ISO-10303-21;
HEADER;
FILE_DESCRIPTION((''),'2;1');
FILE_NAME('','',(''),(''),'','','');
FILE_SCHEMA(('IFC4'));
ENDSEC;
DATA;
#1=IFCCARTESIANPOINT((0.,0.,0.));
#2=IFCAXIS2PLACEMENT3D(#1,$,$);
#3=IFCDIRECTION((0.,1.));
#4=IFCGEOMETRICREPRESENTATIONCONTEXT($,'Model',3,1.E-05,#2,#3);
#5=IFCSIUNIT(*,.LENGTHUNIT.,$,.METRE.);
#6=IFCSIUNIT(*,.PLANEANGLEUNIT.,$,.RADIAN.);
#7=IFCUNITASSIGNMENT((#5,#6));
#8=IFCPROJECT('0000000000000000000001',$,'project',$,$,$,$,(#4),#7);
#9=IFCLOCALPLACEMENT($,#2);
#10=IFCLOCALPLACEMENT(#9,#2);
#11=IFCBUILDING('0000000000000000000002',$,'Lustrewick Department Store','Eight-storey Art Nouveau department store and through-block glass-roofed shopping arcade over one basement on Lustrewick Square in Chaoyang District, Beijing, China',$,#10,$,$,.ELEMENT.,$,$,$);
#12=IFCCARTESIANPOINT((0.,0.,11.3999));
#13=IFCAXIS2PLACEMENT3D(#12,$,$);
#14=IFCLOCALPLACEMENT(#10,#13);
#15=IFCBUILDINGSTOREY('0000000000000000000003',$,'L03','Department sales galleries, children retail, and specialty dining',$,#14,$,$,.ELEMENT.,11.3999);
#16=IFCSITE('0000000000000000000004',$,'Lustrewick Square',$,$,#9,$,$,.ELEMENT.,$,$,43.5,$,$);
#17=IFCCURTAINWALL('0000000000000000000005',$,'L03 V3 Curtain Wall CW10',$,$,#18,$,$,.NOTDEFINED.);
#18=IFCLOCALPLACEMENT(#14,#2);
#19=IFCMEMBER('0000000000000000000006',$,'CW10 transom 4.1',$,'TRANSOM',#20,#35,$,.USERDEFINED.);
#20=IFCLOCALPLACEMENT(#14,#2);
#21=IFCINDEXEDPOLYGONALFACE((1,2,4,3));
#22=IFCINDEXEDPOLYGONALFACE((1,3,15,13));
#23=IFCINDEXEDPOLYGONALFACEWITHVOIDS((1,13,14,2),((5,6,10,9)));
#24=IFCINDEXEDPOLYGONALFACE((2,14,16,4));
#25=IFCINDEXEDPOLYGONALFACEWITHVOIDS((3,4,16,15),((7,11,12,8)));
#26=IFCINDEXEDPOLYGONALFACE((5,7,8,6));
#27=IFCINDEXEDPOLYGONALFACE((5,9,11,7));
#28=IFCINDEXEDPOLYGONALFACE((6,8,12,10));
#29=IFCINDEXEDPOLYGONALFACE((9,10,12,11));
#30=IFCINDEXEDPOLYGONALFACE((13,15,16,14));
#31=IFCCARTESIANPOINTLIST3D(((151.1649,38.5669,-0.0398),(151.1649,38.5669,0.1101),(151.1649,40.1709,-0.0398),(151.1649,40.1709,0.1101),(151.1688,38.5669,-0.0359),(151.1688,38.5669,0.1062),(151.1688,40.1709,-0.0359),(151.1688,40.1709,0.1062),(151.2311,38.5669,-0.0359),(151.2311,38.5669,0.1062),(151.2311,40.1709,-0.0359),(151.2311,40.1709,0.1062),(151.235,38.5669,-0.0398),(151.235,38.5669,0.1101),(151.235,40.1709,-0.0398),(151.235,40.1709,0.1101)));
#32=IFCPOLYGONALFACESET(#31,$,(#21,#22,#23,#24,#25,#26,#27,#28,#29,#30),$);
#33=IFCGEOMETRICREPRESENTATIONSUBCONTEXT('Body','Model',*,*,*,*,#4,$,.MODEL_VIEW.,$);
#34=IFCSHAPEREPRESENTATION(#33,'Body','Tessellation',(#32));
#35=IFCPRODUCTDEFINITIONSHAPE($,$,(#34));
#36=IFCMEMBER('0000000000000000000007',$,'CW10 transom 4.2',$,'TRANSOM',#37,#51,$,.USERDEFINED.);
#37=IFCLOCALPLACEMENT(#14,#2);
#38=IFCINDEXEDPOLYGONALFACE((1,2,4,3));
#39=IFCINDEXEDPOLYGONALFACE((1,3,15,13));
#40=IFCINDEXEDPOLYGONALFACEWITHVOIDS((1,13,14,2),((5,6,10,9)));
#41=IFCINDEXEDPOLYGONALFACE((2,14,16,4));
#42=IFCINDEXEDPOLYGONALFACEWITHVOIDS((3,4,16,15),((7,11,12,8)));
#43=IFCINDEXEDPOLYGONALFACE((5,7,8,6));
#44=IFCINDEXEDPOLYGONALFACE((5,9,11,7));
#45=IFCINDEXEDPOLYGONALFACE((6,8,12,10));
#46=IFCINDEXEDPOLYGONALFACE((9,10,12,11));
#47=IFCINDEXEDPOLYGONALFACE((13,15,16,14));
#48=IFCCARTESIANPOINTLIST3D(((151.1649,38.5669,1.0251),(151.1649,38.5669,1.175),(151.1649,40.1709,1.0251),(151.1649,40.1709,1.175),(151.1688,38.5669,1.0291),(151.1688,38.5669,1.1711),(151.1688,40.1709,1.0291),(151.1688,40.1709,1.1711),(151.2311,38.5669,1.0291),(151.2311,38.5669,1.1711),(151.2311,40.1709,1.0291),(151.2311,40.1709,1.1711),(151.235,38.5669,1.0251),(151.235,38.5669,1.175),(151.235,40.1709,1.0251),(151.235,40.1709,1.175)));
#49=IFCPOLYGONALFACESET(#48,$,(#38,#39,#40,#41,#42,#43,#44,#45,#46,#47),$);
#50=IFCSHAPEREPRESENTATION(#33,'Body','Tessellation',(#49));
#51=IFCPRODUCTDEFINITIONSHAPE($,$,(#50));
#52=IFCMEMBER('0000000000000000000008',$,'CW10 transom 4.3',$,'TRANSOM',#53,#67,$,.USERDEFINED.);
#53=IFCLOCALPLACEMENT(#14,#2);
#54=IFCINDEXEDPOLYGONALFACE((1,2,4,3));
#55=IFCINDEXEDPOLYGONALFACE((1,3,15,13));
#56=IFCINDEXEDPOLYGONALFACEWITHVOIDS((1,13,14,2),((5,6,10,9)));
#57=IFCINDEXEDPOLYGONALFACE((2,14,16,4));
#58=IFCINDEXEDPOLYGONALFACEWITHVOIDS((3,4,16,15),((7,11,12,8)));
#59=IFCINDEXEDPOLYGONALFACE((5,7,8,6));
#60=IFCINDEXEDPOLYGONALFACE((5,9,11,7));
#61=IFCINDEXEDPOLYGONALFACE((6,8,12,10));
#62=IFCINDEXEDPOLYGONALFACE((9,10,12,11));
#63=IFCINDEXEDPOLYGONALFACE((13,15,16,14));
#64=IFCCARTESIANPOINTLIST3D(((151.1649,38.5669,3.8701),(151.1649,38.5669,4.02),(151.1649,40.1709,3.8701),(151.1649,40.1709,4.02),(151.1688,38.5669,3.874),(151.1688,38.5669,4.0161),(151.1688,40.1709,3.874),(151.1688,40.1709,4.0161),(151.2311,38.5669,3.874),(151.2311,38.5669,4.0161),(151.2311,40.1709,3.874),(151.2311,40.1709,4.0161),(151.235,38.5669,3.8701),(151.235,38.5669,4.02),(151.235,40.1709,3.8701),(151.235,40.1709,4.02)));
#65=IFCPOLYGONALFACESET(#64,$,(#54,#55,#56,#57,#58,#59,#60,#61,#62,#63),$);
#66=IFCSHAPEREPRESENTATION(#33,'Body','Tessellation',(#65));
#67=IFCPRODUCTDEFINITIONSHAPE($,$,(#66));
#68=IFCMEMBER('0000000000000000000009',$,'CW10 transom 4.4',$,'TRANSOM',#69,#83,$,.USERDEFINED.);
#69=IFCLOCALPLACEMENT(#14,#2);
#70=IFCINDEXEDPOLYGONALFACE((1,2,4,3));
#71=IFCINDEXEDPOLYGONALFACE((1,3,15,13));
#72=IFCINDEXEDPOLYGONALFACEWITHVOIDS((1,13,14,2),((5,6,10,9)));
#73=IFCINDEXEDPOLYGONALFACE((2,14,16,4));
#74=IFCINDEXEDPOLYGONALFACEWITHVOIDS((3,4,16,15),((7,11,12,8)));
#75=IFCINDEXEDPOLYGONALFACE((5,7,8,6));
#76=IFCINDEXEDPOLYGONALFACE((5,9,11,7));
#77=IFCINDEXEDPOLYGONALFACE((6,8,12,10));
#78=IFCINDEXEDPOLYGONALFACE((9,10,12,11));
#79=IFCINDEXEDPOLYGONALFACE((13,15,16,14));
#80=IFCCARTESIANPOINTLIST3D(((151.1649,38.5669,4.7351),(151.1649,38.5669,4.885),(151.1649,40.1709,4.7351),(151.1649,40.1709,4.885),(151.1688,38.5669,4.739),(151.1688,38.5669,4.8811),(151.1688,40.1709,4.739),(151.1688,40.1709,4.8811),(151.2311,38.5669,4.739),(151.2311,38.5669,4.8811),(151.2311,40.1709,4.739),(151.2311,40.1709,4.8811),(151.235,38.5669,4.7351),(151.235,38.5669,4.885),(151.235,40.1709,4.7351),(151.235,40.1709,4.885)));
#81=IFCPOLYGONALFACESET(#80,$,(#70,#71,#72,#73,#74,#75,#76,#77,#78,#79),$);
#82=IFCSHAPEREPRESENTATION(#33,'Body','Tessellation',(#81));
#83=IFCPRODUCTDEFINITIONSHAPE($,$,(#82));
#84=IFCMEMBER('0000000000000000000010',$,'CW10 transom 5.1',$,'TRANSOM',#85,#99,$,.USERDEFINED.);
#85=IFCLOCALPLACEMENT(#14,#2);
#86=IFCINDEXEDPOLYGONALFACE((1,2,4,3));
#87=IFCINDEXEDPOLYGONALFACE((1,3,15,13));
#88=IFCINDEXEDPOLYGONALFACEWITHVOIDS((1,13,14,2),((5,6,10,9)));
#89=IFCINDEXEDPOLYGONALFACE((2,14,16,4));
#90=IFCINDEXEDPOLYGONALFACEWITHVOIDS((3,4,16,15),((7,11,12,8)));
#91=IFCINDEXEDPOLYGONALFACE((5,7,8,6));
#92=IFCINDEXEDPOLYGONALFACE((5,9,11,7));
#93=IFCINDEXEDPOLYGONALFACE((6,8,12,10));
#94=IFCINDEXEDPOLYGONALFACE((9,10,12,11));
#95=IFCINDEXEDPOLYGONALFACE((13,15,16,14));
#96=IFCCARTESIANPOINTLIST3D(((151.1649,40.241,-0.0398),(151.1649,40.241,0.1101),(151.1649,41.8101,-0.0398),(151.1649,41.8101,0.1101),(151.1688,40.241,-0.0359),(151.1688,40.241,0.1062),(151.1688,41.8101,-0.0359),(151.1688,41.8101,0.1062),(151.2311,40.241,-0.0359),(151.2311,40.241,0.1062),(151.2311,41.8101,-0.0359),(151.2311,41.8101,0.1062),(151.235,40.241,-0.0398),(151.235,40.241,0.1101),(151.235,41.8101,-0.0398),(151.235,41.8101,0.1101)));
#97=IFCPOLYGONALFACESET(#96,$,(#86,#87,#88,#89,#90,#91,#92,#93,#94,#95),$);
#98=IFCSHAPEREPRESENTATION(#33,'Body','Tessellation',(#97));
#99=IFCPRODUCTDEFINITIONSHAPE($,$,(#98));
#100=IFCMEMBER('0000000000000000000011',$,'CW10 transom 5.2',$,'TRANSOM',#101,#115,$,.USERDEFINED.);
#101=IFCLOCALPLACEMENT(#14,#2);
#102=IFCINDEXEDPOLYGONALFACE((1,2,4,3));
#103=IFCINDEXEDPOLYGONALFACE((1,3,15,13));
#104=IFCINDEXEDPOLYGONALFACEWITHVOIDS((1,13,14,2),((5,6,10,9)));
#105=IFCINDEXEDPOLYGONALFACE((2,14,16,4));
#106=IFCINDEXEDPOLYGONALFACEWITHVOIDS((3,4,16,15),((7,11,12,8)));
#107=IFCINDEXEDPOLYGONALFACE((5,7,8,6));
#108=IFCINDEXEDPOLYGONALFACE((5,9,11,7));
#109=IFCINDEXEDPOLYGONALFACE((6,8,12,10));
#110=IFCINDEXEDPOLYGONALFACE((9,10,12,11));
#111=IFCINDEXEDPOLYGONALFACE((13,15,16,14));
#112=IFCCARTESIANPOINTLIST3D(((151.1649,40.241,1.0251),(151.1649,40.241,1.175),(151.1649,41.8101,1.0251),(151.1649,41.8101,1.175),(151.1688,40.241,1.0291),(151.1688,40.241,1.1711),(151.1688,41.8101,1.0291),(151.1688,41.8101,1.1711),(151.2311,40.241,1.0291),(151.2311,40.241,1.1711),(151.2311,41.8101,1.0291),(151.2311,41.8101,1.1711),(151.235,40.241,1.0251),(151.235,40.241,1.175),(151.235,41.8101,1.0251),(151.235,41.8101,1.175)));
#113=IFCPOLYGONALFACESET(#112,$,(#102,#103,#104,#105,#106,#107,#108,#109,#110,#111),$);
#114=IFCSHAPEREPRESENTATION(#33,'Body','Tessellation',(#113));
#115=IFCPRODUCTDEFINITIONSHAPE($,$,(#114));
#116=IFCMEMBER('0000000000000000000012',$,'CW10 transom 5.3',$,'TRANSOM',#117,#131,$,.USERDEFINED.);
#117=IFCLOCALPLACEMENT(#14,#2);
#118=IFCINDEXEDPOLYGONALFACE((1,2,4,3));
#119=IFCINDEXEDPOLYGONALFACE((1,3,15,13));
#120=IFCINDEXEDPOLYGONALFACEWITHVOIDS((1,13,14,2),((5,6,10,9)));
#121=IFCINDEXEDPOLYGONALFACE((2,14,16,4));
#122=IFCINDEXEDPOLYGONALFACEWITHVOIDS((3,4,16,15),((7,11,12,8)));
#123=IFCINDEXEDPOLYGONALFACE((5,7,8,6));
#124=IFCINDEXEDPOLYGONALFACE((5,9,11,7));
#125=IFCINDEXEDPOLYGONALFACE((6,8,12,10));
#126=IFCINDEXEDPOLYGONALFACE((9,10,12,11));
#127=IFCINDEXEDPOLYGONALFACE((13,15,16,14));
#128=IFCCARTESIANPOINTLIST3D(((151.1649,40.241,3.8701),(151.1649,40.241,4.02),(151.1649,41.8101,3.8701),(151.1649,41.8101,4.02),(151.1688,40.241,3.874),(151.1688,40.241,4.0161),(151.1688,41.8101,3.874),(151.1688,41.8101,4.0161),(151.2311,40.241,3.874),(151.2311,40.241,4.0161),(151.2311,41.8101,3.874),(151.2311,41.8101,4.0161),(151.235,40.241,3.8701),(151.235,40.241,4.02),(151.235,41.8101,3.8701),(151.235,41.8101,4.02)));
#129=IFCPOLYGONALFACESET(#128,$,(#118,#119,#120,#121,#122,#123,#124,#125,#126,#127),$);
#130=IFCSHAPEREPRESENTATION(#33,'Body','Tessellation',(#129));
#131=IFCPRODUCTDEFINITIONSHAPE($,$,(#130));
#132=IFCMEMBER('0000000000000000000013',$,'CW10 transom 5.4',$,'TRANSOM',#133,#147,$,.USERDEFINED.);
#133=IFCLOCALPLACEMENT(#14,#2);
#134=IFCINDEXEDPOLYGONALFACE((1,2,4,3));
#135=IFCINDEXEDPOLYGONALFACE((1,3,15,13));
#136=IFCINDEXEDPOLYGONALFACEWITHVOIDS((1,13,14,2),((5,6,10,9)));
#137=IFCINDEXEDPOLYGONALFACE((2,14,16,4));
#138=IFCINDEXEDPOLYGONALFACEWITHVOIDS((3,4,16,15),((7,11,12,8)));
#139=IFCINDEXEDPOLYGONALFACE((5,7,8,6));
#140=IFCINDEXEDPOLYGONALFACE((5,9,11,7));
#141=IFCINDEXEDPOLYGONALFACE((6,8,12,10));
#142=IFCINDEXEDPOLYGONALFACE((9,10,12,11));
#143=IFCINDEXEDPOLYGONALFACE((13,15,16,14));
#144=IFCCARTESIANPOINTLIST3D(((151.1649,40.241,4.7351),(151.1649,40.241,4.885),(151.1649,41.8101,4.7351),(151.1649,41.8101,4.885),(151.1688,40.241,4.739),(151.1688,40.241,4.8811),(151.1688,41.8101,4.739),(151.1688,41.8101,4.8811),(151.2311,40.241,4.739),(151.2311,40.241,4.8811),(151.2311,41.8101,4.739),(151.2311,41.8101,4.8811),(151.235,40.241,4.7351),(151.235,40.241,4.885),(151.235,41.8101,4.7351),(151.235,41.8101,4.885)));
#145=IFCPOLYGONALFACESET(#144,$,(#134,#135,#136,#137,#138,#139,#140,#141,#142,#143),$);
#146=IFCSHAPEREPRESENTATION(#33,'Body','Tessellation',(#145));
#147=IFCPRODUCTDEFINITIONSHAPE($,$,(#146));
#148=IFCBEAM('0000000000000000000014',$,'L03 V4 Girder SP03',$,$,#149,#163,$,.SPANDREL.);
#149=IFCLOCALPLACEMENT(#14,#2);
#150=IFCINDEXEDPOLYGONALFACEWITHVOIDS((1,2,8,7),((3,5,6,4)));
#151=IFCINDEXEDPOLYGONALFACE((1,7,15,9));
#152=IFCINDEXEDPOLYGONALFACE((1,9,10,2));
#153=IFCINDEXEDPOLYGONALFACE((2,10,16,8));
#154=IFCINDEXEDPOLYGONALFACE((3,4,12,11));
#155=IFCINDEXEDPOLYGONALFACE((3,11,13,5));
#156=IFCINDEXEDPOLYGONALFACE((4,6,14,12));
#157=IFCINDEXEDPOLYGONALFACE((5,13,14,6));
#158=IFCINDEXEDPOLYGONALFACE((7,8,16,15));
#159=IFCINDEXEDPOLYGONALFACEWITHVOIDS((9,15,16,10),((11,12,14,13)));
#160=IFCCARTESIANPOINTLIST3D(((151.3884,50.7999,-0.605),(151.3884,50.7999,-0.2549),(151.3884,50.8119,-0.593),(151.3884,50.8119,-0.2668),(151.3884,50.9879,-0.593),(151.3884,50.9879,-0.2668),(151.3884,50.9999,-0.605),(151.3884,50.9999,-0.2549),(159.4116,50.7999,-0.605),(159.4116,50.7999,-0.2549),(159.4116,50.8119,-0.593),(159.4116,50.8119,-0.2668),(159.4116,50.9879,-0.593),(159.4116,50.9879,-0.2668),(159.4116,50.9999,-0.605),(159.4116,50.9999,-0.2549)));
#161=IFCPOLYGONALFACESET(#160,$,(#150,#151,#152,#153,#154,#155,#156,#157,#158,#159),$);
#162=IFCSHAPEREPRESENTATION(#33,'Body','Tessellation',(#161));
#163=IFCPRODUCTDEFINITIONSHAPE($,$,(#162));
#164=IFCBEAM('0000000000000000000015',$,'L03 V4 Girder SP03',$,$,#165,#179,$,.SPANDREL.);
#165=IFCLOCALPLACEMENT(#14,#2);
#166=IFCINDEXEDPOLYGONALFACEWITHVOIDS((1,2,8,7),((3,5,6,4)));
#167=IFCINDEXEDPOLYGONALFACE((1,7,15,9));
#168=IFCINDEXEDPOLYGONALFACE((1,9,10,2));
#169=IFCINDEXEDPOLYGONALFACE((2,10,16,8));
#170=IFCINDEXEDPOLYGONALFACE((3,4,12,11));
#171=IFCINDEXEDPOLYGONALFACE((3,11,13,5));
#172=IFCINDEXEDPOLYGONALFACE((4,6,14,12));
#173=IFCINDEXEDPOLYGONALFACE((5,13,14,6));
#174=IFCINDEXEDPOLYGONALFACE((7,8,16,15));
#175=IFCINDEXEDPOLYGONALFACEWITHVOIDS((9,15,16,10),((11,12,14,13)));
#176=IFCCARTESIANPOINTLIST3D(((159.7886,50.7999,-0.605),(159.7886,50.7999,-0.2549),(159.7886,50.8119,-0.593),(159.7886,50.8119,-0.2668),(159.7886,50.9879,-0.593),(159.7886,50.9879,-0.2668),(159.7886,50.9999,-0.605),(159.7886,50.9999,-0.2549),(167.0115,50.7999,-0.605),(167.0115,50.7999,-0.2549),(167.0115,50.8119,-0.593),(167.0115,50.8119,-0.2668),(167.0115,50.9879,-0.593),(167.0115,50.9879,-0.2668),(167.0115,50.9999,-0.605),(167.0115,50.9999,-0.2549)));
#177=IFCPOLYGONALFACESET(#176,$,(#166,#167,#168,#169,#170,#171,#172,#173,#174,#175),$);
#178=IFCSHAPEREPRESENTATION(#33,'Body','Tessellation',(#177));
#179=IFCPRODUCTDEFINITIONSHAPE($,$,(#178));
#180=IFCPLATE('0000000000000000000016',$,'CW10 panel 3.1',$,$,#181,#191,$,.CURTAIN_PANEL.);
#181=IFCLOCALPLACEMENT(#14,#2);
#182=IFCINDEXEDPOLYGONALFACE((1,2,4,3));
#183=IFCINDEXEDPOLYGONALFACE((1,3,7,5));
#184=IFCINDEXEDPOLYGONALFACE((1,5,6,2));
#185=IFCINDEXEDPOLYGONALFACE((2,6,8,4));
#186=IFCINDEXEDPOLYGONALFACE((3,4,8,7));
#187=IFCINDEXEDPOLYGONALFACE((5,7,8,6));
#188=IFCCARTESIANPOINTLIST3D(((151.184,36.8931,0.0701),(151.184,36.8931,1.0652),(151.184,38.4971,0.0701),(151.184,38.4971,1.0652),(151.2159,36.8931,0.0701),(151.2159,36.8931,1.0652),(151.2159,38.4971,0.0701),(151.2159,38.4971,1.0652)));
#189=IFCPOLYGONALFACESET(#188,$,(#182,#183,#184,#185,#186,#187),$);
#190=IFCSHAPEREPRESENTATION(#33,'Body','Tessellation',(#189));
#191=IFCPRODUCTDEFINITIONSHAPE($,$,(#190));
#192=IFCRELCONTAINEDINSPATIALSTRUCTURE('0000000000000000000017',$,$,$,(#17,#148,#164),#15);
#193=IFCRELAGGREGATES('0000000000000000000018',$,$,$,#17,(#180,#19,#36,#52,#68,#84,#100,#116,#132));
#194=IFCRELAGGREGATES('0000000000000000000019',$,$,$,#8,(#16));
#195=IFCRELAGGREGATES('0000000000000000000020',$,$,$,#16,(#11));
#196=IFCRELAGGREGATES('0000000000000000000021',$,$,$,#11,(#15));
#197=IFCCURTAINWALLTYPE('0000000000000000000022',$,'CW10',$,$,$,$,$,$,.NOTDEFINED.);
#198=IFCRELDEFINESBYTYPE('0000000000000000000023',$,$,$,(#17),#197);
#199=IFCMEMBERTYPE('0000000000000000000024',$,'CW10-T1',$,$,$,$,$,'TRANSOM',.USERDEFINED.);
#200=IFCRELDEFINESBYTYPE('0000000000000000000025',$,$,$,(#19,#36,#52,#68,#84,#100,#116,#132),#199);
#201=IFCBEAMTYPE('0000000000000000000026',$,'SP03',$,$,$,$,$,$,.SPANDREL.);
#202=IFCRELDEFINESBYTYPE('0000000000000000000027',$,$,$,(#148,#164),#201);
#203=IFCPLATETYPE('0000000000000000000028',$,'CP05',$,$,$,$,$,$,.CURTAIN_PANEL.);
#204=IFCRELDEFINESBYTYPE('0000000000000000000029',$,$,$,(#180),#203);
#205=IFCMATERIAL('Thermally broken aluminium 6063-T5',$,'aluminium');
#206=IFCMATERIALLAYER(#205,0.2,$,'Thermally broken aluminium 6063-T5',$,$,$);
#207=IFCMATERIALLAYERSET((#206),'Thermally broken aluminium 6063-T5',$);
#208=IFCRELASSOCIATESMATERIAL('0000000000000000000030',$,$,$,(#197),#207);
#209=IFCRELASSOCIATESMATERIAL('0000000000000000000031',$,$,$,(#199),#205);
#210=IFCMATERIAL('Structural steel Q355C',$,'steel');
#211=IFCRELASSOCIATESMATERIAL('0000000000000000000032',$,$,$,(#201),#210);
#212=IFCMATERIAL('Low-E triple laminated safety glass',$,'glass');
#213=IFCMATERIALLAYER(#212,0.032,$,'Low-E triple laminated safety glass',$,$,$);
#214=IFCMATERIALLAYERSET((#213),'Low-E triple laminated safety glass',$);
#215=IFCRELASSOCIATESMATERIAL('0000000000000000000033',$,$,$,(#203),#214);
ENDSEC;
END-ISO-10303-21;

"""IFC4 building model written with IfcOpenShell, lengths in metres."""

from ifc_helpers import new_model, si_unit, direction, frame, origin, origin_2d, place, context, subcontext, project, spatial, rectangle, hollow_rectangle, extrude, material, layer, layer_set, material_profile, profile_set, type_object, element, aggregate, save


model = new_model("IFC4")

# Units and contexts
model_context = context("Model", 3, precision=1e-05, world=origin(), true_north=direction((0.0, 1.0)))
body_context = subcontext(model_context, "Body", "Model", "MODEL_VIEW")
ifc_project = project(units=[si_unit("LENGTHUNIT", "METRE"), si_unit("PLANEANGLEUNIT", "RADIAN")], contexts=[model_context])

# Site, building, storey
site_placement = place(None, origin())
site = spatial("IfcSite", under=ifc_project, at=site_placement, Name="Lustrewick Square", CompositionType="ELEMENT", RefElevation=43.5)
building_placement = place(site_placement, origin())
building = spatial("IfcBuilding", under=site, at=building_placement, Name="Lustrewick Department Store", Description="Eight-storey Art Nouveau department store and through-block glass-roofed shopping arcade over one basement on Lustrewick Square in Chaoyang District, Beijing, China", CompositionType="ELEMENT")
storey_placement = place(building_placement, frame((0.0, 0.0, 11.3999)))
storey = spatial("IfcBuildingStorey", under=building, at=storey_placement, Name="L03", Description="Department sales galleries, children retail, and specialty dining", CompositionType="ELEMENT", Elevation=11.3999)

# Curtain wall, members
ifc_material_1 = material(Name="Thermally broken aluminium 6063-T5", Category="aluminium")
ifc_layer_1 = layer(ifc_material_1, 0.2, Name="Thermally broken aluminium 6063-T5")
ifc_layer_set_1 = layer_set([ifc_layer_1], Name="Thermally broken aluminium 6063-T5")
curtain_wall_type = type_object("IfcCurtainWallType", Name="CW10", PredefinedType="NOTDEFINED", material=ifc_layer_set_1)
curtain_wall_placement = place(storey_placement, origin())
curtain_wall = element("IfcCurtainWall", 1, at=curtain_wall_placement, inside=storey, type_object=curtain_wall_type, Name="L03 V3 Curtain Wall CW10", PredefinedType="NOTDEFINED")
ifc_material_profile_1 = material_profile(ifc_material_1, hollow_rectangle(XDim=0.0701, YDim=0.1499, WallThickness=0.0039, at=origin_2d()), Name="ALU-T 70x150x4")
ifc_profile_set_1 = profile_set([ifc_material_profile_1], Name="Thermally broken aluminium 6063-T5")
member_type_1 = type_object("IfcMemberType", Name="CW10-T1", ElementType="TRANSOM", PredefinedType="USERDEFINED", material=ifc_profile_set_1)
member_1_placement = place(storey_placement, frame((151.2, 38.5669, 0.0352), z_axis=(0.0, 1.0, 0.0), x_axis=(-1.0, 0.0, 0.0)))
member_1 = element("IfcMember", 2, at=member_1_placement, type_object=member_type_1, Name="CW10 transom 4.1", ObjectType="TRANSOM", PredefinedType="USERDEFINED", context=body_context, shape_type="SweptSolid", body=[
    extrude(hollow_rectangle(XDim=0.0701, YDim=0.1499, WallThickness=0.0039, at=origin_2d()), origin(), (0.0, 0.0, 1.0), 1.604),
])
member_2_placement = place(storey_placement, frame((151.2, 38.5669, 1.1001), z_axis=(0.0, 1.0, 0.0), x_axis=(-1.0, 0.0, 0.0)))
member_2 = element("IfcMember", 3, at=member_2_placement, type_object=member_type_1, Name="CW10 transom 4.2", ObjectType="TRANSOM", PredefinedType="USERDEFINED", context=body_context, shape_type="SweptSolid", body=[
    extrude(hollow_rectangle(XDim=0.0701, YDim=0.1499, WallThickness=0.0039, at=origin_2d()), origin(), (0.0, 0.0, 1.0), 1.604),
])
member_3_placement = place(storey_placement, frame((151.2, 38.5669, 3.9451), z_axis=(0.0, 1.0, 0.0), x_axis=(-1.0, 0.0, 0.0)))
member_3 = element("IfcMember", 4, at=member_3_placement, type_object=member_type_1, Name="CW10 transom 4.3", ObjectType="TRANSOM", PredefinedType="USERDEFINED", context=body_context, shape_type="SweptSolid", body=[
    extrude(hollow_rectangle(XDim=0.0701, YDim=0.1499, WallThickness=0.0039, at=origin_2d()), origin(), (0.0, 0.0, 1.0), 1.604),
])
member_4_placement = place(storey_placement, frame((151.2, 38.5669, 4.8101), z_axis=(0.0, 1.0, 0.0), x_axis=(-1.0, 0.0, 0.0)))
member_4 = element("IfcMember", 5, at=member_4_placement, type_object=member_type_1, Name="CW10 transom 4.4", ObjectType="TRANSOM", PredefinedType="USERDEFINED", context=body_context, shape_type="SweptSolid", body=[
    extrude(hollow_rectangle(XDim=0.0701, YDim=0.1499, WallThickness=0.0039, at=origin_2d()), origin(), (0.0, 0.0, 1.0), 1.604),
])
member_5_placement = place(storey_placement, frame((151.2, 40.241, 0.0352), z_axis=(0.0, 1.0, 0.0), x_axis=(-1.0, 0.0, 0.0)))
member_5 = element("IfcMember", 6, at=member_5_placement, type_object=member_type_1, Name="CW10 transom 5.1", ObjectType="TRANSOM", PredefinedType="USERDEFINED", context=body_context, shape_type="SweptSolid", body=[
    extrude(hollow_rectangle(XDim=0.0701, YDim=0.1499, WallThickness=0.0039, at=origin_2d()), origin(), (0.0, 0.0, 1.0), 1.5691),
])
member_6_placement = place(storey_placement, frame((151.2, 40.241, 1.1001), z_axis=(0.0, 1.0, 0.0), x_axis=(-1.0, 0.0, 0.0)))
member_6 = element("IfcMember", 7, at=member_6_placement, type_object=member_type_1, Name="CW10 transom 5.2", ObjectType="TRANSOM", PredefinedType="USERDEFINED", context=body_context, shape_type="SweptSolid", body=[
    extrude(hollow_rectangle(XDim=0.0701, YDim=0.1499, WallThickness=0.0039, at=origin_2d()), origin(), (0.0, 0.0, 1.0), 1.5691),
])
member_7_placement = place(storey_placement, frame((151.2, 40.241, 3.9451), z_axis=(0.0, 1.0, 0.0), x_axis=(-1.0, 0.0, 0.0)))
member_7 = element("IfcMember", 8, at=member_7_placement, type_object=member_type_1, Name="CW10 transom 5.3", ObjectType="TRANSOM", PredefinedType="USERDEFINED", context=body_context, shape_type="SweptSolid", body=[
    extrude(hollow_rectangle(XDim=0.0701, YDim=0.1499, WallThickness=0.0039, at=origin_2d()), origin(), (0.0, 0.0, 1.0), 1.5691),
])
member_8_placement = place(storey_placement, frame((151.2, 40.241, 4.8101), z_axis=(0.0, 1.0, 0.0), x_axis=(-1.0, 0.0, 0.0)))
member_8 = element("IfcMember", 9, at=member_8_placement, type_object=member_type_1, Name="CW10 transom 5.4", ObjectType="TRANSOM", PredefinedType="USERDEFINED", context=body_context, shape_type="SweptSolid", body=[
    extrude(hollow_rectangle(XDim=0.0701, YDim=0.1499, WallThickness=0.0039, at=origin_2d()), origin(), (0.0, 0.0, 1.0), 1.5691),
])

# Beams
ifc_material_2 = material(Name="Structural steel Q355C", Category="steel")
ifc_material_profile_2 = material_profile(ifc_material_2, hollow_rectangle(XDim=0.2, YDim=0.3501, WallThickness=0.012, at=origin_2d()), Name="RHS 350x200x12")
ifc_profile_set_2 = profile_set([ifc_material_profile_2], Name="Structural steel Q355C")
beam_type = type_object("IfcBeamType", Name="SP03", PredefinedType="SPANDREL", material=ifc_profile_set_2)
beam_1_placement = place(storey_placement, frame((151.3884, 50.8999, -0.4299), z_axis=(1.0, 0.0, 0.0), x_axis=(0.0, 1.0, 0.0)))
element("IfcBeam", 10, at=beam_1_placement, inside=storey, type_object=beam_type, Name="L03 V4 Girder SP03", PredefinedType="SPANDREL", context=body_context, shape_type="SweptSolid", body=[
    extrude(hollow_rectangle(XDim=0.2, YDim=0.3501, WallThickness=0.012, at=origin_2d()), origin(), (0.0, 0.0, 1.0), 8.0232),
])
beam_2_placement = place(storey_placement, frame((159.7886, 50.8999, -0.4299), z_axis=(1.0, 0.0, 0.0), x_axis=(0.0, 1.0, 0.0)))
element("IfcBeam", 11, at=beam_2_placement, inside=storey, type_object=beam_type, Name="L03 V4 Girder SP03", PredefinedType="SPANDREL", context=body_context, shape_type="SweptSolid", body=[
    extrude(hollow_rectangle(XDim=0.2, YDim=0.3501, WallThickness=0.012, at=origin_2d()), origin(), (0.0, 0.0, 1.0), 7.2229),
])

# Plate
ifc_material_3 = material(Name="Low-E triple laminated safety glass", Category="glass")
ifc_layer_2 = layer(ifc_material_3, 0.032, Name="Low-E triple laminated safety glass")
ifc_layer_set_2 = layer_set([ifc_layer_2], Name="Low-E triple laminated safety glass")
plate_type = type_object("IfcPlateType", Name="CP05", PredefinedType="CURTAIN_PANEL", material=ifc_layer_set_2)
plate_1_placement = place(storey_placement, frame((151.2, 37.6951, 0.0701), z_axis=(0.0, 0.0, 1.0), x_axis=(0.0, 1.0, 0.0)))
plate_1 = element("IfcPlate", 12, at=plate_1_placement, type_object=plate_type, Name="CW10 panel 3.1", PredefinedType="CURTAIN_PANEL", context=body_context, shape_type="SweptSolid", body=[
    extrude(rectangle(XDim=1.604, YDim=0.032, at=origin_2d()), origin(), (0.0, 0.0, 1.0), 0.9951),
])
aggregate(curtain_wall, [plate_1, member_1, member_2, member_3, member_4, member_5, member_6, member_7, member_8])

save(model, "model.ifc")
